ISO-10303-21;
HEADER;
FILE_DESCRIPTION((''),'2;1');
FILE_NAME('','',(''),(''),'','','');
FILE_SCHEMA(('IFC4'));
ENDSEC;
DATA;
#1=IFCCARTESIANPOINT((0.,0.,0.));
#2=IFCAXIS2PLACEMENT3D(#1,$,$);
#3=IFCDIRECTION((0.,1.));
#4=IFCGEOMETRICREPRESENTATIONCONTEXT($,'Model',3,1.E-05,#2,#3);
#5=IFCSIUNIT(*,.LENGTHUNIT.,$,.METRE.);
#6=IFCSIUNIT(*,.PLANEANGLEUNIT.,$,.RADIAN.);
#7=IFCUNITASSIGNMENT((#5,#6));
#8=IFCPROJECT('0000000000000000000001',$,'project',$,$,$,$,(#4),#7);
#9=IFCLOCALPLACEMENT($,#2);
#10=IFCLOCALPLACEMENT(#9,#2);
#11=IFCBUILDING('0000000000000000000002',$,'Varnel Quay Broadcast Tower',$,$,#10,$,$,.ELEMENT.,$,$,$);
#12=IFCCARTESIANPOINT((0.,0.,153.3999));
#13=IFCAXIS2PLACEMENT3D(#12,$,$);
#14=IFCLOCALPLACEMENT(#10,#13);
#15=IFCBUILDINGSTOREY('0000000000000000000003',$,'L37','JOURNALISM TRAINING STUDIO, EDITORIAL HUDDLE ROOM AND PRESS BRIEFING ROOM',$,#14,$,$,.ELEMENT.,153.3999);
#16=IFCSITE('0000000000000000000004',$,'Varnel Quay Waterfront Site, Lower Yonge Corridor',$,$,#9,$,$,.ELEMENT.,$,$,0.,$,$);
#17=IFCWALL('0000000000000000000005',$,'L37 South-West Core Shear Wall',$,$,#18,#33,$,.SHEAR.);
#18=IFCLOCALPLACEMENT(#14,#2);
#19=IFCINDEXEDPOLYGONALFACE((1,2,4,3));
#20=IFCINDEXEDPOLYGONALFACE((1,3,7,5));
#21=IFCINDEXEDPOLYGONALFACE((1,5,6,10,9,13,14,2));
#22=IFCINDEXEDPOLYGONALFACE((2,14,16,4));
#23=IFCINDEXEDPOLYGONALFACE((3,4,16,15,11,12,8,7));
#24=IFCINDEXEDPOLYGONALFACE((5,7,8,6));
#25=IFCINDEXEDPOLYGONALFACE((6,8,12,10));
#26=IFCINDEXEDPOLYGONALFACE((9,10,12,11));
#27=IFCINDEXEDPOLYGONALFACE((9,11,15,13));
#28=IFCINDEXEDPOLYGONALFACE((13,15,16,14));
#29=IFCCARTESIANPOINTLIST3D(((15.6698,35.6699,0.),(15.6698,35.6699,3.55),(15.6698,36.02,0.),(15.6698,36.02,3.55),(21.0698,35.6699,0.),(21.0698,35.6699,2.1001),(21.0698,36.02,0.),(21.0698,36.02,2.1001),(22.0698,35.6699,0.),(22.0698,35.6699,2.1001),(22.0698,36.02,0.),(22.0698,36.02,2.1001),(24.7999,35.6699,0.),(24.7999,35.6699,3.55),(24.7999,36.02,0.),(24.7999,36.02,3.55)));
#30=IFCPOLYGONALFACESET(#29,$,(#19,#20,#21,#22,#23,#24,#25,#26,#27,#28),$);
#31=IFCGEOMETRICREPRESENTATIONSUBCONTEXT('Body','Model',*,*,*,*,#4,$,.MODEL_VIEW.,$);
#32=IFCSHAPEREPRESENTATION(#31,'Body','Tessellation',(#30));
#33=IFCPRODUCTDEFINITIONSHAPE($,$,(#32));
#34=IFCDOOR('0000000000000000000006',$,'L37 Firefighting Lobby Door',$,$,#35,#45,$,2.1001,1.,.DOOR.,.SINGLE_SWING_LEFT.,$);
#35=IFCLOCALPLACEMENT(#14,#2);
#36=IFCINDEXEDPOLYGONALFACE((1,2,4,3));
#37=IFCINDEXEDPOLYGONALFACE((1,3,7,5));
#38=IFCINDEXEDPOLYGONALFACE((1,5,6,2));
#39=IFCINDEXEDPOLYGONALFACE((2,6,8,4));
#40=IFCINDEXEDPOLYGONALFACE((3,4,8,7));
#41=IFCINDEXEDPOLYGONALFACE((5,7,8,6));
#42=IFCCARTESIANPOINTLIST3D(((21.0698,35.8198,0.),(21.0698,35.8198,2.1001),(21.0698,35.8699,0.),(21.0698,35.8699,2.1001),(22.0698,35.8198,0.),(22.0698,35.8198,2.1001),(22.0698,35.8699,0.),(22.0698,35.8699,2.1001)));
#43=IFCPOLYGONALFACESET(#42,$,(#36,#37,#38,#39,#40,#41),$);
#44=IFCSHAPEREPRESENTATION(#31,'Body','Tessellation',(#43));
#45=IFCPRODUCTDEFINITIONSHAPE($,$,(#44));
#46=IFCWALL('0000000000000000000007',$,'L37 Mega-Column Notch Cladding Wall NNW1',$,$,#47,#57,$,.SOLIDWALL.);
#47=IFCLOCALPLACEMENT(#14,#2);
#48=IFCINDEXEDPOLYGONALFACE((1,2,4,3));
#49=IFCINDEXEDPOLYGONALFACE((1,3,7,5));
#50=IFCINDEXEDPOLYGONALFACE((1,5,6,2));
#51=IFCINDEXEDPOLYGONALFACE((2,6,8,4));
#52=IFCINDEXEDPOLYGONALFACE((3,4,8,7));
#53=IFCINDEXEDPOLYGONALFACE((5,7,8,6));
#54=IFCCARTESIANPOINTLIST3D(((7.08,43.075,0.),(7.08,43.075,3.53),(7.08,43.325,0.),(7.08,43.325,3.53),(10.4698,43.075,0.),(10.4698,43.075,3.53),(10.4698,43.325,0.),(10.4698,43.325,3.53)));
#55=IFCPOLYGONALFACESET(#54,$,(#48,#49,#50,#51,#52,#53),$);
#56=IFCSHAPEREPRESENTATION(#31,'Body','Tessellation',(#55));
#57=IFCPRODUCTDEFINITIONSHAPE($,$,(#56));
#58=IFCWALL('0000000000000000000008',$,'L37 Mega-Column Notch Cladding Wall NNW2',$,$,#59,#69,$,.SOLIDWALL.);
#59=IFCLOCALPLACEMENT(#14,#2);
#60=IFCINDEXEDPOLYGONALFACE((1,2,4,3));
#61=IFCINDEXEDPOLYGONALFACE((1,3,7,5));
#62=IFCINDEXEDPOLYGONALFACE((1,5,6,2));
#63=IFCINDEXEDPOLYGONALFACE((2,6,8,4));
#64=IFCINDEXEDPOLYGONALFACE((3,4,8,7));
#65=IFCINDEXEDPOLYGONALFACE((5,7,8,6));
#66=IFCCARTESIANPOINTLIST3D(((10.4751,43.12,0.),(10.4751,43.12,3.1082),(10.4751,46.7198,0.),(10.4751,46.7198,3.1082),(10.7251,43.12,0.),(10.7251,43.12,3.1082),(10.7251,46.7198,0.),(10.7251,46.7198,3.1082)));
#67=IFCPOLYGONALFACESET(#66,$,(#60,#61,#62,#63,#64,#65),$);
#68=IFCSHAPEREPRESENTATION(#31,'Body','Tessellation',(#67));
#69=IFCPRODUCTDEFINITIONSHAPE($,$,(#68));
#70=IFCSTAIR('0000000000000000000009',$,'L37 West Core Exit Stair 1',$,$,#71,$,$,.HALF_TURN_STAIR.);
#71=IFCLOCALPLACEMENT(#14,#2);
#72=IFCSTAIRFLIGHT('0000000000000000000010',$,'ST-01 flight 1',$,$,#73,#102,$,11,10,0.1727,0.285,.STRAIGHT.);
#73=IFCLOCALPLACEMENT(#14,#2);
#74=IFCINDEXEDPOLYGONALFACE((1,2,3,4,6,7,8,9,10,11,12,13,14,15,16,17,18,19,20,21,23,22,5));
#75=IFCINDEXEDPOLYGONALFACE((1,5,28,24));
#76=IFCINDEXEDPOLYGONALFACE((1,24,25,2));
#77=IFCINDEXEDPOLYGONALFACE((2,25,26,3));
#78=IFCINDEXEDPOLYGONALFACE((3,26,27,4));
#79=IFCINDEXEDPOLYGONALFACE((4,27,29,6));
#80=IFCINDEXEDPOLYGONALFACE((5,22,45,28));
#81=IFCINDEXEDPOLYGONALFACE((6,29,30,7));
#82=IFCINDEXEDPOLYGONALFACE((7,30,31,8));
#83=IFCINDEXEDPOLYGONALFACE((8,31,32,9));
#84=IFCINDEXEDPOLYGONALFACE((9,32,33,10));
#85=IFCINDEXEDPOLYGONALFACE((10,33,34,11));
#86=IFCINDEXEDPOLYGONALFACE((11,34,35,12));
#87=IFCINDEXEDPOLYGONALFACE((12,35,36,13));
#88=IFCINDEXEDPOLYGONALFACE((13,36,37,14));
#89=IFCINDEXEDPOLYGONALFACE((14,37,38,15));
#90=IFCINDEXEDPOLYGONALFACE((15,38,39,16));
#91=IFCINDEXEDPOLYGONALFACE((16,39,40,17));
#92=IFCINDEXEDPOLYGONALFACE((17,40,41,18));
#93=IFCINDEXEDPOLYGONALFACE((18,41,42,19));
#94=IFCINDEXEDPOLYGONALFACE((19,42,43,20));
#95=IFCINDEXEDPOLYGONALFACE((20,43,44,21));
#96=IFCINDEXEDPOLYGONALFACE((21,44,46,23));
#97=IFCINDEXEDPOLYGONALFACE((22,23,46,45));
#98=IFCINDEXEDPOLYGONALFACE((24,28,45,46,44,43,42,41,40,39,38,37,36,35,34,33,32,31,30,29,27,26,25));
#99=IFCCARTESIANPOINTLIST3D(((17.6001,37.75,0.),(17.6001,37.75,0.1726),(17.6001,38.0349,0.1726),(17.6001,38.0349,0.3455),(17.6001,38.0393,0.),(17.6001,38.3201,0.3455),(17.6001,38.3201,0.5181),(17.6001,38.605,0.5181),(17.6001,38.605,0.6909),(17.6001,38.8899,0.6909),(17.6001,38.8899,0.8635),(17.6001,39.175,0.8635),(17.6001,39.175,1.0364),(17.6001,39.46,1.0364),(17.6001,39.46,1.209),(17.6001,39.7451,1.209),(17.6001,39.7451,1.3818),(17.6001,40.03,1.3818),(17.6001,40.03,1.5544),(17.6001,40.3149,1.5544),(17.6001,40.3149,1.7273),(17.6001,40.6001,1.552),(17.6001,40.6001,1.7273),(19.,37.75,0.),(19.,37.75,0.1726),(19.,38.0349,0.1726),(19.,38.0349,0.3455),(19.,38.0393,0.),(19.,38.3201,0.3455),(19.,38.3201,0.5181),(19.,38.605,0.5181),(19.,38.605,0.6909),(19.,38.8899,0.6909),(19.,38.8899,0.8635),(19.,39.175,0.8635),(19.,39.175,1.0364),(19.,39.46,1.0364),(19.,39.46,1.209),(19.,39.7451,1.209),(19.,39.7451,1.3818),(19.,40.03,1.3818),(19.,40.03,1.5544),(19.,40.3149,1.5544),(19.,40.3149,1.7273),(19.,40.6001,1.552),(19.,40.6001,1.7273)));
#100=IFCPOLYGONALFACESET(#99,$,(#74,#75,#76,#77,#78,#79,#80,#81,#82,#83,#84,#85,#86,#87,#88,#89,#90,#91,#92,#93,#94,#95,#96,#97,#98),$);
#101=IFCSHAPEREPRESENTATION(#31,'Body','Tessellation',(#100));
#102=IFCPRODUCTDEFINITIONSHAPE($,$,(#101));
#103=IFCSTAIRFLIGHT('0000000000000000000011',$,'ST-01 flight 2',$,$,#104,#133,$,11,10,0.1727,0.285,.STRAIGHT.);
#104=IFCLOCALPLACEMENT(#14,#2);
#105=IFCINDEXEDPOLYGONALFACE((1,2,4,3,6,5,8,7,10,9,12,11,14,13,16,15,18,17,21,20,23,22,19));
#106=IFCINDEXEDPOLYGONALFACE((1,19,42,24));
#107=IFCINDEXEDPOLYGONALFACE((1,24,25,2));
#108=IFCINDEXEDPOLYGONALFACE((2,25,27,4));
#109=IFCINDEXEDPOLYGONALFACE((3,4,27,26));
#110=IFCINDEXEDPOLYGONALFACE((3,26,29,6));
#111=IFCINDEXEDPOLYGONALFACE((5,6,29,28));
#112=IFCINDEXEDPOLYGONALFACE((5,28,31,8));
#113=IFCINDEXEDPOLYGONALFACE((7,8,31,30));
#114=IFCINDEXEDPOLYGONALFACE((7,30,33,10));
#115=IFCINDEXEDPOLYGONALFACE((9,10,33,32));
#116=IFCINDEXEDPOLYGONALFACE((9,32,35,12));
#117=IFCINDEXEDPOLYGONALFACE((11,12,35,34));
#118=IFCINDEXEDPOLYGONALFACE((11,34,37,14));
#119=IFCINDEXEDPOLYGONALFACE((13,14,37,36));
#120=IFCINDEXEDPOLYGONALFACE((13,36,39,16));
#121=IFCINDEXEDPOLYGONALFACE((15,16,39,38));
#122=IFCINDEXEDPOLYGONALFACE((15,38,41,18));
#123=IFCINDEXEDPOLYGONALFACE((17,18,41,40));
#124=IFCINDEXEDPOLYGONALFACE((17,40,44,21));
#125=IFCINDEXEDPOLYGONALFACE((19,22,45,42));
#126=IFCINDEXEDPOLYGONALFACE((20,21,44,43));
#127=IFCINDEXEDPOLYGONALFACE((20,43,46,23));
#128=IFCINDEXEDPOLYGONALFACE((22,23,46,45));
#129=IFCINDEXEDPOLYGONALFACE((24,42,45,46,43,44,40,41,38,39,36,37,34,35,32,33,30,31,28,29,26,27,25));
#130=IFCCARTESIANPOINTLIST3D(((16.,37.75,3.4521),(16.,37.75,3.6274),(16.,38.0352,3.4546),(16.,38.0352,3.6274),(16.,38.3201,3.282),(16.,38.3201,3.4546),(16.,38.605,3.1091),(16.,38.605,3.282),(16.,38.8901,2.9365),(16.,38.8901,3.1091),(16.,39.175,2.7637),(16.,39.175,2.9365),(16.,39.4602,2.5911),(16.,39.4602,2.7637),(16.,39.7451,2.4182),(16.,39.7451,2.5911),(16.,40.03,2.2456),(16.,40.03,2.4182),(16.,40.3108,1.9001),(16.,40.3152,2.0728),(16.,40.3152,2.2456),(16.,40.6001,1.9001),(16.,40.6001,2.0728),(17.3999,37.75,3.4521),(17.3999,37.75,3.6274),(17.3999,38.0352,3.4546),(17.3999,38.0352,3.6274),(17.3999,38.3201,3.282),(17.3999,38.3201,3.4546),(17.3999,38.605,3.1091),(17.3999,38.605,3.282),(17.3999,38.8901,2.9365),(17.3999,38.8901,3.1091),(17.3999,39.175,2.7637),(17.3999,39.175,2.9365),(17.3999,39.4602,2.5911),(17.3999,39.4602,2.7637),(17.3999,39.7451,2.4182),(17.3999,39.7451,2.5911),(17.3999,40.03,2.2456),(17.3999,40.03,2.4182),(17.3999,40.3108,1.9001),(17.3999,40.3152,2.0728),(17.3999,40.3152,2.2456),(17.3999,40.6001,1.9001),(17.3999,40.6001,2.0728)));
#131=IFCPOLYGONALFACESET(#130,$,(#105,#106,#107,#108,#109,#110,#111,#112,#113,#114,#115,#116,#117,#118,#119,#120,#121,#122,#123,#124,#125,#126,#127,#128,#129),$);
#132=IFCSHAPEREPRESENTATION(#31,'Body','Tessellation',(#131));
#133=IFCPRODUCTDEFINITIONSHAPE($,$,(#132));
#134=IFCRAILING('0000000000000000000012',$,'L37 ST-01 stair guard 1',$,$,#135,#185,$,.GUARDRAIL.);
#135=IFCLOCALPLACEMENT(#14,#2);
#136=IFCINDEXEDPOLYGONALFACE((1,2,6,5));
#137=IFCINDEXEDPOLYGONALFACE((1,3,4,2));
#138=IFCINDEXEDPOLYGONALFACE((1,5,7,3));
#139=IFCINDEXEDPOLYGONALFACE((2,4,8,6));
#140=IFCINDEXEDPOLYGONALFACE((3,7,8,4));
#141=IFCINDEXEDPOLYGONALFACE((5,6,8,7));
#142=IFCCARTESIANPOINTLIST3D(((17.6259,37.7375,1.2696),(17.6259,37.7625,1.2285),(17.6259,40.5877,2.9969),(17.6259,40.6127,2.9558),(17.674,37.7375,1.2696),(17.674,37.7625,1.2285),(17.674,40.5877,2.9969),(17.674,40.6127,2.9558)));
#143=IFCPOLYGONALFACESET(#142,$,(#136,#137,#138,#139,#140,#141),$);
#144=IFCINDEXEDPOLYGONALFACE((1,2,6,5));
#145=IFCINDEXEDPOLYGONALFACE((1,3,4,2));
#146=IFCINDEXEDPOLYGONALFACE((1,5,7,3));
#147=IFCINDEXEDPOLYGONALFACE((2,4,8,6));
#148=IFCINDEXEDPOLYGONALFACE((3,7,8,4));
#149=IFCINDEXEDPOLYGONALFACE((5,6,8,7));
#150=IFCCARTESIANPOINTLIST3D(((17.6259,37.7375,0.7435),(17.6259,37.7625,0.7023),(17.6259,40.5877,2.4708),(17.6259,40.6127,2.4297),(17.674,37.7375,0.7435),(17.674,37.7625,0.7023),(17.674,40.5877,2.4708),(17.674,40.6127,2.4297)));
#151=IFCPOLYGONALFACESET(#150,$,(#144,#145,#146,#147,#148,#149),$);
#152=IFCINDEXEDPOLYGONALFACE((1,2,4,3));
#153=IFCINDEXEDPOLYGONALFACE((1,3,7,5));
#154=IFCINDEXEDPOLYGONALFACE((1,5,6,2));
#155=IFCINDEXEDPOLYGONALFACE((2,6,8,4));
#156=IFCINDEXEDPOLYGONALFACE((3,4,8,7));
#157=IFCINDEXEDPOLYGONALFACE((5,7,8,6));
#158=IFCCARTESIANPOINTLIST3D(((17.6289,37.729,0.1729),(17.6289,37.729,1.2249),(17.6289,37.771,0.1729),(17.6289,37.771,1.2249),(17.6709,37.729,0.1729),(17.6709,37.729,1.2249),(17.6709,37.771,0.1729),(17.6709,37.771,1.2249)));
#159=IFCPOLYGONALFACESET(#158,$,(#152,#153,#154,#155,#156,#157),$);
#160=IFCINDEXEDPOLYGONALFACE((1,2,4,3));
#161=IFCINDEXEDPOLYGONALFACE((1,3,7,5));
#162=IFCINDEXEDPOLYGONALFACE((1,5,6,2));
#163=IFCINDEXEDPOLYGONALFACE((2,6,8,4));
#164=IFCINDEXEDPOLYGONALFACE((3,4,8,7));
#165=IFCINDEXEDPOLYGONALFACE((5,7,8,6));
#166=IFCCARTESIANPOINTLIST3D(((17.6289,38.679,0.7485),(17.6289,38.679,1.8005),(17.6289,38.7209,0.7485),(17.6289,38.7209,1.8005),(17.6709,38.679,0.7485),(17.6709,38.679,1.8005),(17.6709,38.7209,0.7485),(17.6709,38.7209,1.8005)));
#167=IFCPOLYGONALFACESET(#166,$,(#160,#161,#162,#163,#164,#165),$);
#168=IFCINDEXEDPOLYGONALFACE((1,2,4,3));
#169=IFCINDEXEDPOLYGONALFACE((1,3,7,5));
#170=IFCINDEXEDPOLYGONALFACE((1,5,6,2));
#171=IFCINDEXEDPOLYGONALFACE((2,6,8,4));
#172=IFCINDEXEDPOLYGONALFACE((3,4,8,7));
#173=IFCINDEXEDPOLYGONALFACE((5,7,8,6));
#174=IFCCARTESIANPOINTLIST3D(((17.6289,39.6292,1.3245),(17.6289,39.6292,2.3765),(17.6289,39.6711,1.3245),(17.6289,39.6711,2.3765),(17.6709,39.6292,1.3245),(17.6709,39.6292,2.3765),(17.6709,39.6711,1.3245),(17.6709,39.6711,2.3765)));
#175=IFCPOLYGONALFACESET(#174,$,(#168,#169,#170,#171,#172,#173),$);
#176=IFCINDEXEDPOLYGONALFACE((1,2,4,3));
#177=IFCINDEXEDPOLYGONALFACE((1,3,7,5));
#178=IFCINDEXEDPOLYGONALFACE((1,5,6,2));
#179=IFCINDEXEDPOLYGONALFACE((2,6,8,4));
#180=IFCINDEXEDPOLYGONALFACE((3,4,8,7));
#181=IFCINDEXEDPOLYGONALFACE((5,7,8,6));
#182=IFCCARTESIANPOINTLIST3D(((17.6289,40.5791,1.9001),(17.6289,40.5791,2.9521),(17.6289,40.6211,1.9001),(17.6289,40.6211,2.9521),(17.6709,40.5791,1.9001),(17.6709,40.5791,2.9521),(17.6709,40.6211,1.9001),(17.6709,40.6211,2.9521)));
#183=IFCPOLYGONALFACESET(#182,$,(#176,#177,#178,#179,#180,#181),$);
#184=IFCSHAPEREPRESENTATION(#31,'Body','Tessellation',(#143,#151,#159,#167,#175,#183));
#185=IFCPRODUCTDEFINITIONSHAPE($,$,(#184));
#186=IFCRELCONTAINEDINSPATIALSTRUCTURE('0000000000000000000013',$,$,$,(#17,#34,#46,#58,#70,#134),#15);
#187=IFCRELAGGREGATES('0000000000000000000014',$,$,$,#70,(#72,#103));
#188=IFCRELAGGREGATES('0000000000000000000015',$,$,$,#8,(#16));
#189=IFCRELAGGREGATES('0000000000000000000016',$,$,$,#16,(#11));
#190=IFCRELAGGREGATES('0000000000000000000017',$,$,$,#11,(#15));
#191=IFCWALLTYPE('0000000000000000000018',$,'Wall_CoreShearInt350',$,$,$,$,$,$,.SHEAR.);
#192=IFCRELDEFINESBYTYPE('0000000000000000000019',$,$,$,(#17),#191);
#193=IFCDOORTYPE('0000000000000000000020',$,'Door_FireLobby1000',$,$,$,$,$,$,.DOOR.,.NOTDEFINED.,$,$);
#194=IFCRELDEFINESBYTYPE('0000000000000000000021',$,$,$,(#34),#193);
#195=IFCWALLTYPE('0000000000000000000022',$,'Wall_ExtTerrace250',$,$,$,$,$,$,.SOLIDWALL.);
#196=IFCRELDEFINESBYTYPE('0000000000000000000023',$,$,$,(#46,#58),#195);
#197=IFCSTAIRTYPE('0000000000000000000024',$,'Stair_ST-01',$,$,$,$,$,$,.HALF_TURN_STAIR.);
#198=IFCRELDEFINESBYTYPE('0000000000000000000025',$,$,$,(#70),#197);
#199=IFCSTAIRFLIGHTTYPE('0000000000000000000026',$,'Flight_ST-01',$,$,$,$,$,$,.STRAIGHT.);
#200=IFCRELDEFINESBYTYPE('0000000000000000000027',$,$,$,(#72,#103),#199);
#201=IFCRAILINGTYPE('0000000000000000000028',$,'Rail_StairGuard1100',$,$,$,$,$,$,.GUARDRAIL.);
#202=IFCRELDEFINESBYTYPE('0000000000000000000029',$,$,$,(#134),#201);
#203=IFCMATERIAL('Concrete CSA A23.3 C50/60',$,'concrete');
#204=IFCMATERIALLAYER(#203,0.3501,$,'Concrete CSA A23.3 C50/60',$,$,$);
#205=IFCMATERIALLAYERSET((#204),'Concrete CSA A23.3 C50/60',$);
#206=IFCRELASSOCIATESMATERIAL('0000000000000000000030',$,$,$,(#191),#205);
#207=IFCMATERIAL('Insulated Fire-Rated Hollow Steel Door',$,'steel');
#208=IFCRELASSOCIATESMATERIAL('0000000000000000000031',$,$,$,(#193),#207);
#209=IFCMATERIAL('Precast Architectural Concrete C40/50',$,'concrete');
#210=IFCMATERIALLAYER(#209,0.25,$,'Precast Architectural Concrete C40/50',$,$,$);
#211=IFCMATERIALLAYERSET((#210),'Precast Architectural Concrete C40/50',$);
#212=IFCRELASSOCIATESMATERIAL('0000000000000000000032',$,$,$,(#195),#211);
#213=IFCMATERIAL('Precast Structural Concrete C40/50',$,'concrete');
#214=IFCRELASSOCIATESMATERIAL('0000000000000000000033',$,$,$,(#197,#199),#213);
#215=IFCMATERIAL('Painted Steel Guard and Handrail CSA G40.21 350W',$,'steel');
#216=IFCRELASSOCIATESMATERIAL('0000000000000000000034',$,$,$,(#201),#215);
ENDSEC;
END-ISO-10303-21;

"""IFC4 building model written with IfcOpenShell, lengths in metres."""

from ifc_helpers import new_model, si_unit, direction, frame, frame_2d, origin, origin_2d, place, context, subcontext, project, spatial, polyline, rectangle, outline, extrude, source, transform, mapped, material, layer, layer_set, type_object, type_shapes, element, fill, aggregate, save


model = new_model("IFC4")

# Units and contexts
model_context = context("Model", 3, precision=1e-05, world=origin(), true_north=direction((0.0, 1.0)))
body_context = subcontext(model_context, "Body", "Model", "MODEL_VIEW")
ifc_project = project(units=[si_unit("LENGTHUNIT", "METRE"), si_unit("PLANEANGLEUNIT", "RADIAN")], contexts=[model_context])

# Site, building, storey
site_placement = place(None, origin())
site = spatial("IfcSite", under=ifc_project, at=site_placement, Name="Varnel Quay Waterfront Site, Lower Yonge Corridor", CompositionType="ELEMENT", RefElevation=0.0)
building_placement = place(site_placement, origin())
building = spatial("IfcBuilding", under=site, at=building_placement, Name="Varnel Quay Broadcast Tower", CompositionType="ELEMENT")
storey_placement = place(building_placement, frame((0.0, 0.0, 153.3999)))
storey = spatial("IfcBuildingStorey", under=building, at=storey_placement, Name="L37", Description="JOURNALISM TRAINING STUDIO, EDITORIAL HUDDLE ROOM AND PRESS BRIEFING ROOM", CompositionType="ELEMENT", Elevation=153.3999)

# Shared definitions
ifc_material_1 = material(Name="Concrete CSA A23.3 C50/60", Category="concrete")
ifc_material_2 = material(Name="Insulated Fire-Rated Hollow Steel Door", Category="steel")

# Shared definitions
ifc_layer_1 = layer(ifc_material_1, 0.3501, Name="Concrete CSA A23.3 C50/60")
ifc_layer_set_1 = layer_set([ifc_layer_1], Name="Concrete CSA A23.3 C50/60")
wall_type_1 = type_object("IfcWallType", Name="Wall_CoreShearInt350", PredefinedType="SHEAR", material=ifc_layer_set_1)

# Wall, opening, door
wall_1_placement = place(storey_placement, frame((15.6699, 35.845, 0.0), z_axis=(0.0, 0.0, 1.0), x_axis=(1.0, 0.0, 0.0)))
wall_1 = element("IfcWall", 1, at=wall_1_placement, inside=storey, type_object=wall_type_1, Name="L37 South-West Core Shear Wall", PredefinedType="SHEAR", context=body_context, shape_type="SweptSolid", body=[
    extrude(rectangle(XDim=9.1301, YDim=0.3501, at=frame_2d((4.5649, 0.0))), origin(), (0.0, 0.0, 1.0), 3.55),
])
opening_1_placement = place(wall_1_placement, frame((5.3999, 0.0, 0.0)))
opening_1 = element("IfcOpeningElement", 2, at=opening_1_placement, cuts=wall_1, PredefinedType="OPENING", context=body_context, shape_type="SweptSolid", body=[
    extrude(rectangle(XDim=1.0, YDim=2.1001, at=frame_2d((0.5, 1.05))), frame((0.0, 0.1851, 0.0), z_axis=(0.0, -1.0, 0.0), x_axis=(1.0, 0.0, 0.0)), (0.0, 0.0, 1.0), 0.3701),
])
door_type_1 = type_object("IfcDoorType", Name="Door_FireLobby1000", OperationType="NOTDEFINED", PredefinedType="DOOR", material=ifc_material_2)
shared_shape_1 = source(origin(), body_context, "Body", "SweptSolid", [
    extrude(rectangle(XDim=1.0, YDim=2.1001, at=frame_2d((0.5, 1.05))), frame((0.0, 0.0249, 0.0), z_axis=(0.0, -1.0, 0.0), x_axis=(1.0, 0.0, 0.0)), (0.0, 0.0, 1.0), 0.05),
])
type_shapes(door_type_1, [shared_shape_1])
door_1_placement = place(opening_1_placement, origin())
door_1 = element("IfcDoor", 3, at=door_1_placement, inside=storey, type_object=door_type_1, Name="L37 Firefighting Lobby Door", OperationType="SINGLE_SWING_LEFT", OverallHeight=2.1001, OverallWidth=1.0, PredefinedType="DOOR", context=body_context, shape_type="MappedRepresentation", body=[
    mapped(shared_shape_1, transform((0.0, 0.0, 0.0), x_axis=(1.0, 0.0, 0.0), y_axis=(0.0, 1.0, 0.0), z_axis=(0.0, 0.0, 1.0), scale=1.0)),
])
fill(opening_1, door_1)

# Walls
ifc_material_3 = material(Name="Precast Architectural Concrete C40/50", Category="concrete")
ifc_layer_2 = layer(ifc_material_3, 0.25, Name="Precast Architectural Concrete C40/50")
ifc_layer_set_2 = layer_set([ifc_layer_2], Name="Precast Architectural Concrete C40/50")
wall_type_2 = type_object("IfcWallType", Name="Wall_ExtTerrace250", PredefinedType="SOLIDWALL", material=ifc_layer_set_2)
wall_2_placement = place(storey_placement, frame((7.0801, 43.2, 0.0), z_axis=(0.0, 0.0, 1.0), x_axis=(1.0, 0.0, 0.0)))
element("IfcWall", 4, at=wall_2_placement, inside=storey, type_object=wall_type_2, Name="L37 Mega-Column Notch Cladding Wall NNW1", PredefinedType="SOLIDWALL", context=body_context, shape_type="SweptSolid", body=[
    extrude(rectangle(XDim=3.3899, YDim=0.25, at=frame_2d((1.6948, 0.0))), origin(), (0.0, 0.0, 1.0), 3.53),
])
wall_3_placement = place(storey_placement, frame((10.6001, 43.1201, 0.0), z_axis=(0.0, 0.0, 1.0), x_axis=(0.0, 1.0, 0.0)))
element("IfcWall", 5, at=wall_3_placement, inside=storey, type_object=wall_type_2, Name="L37 Mega-Column Notch Cladding Wall NNW2", PredefinedType="SOLIDWALL", context=body_context, shape_type="SweptSolid", body=[
    extrude(rectangle(XDim=3.5999, YDim=0.25, at=frame_2d((1.7998, 0.0))), origin(), (0.0, 0.0, 1.0), 3.1082),
])

# Stair, stair flights
ifc_material_4 = material(Name="Precast Structural Concrete C40/50", Category="concrete")
stair_type = type_object("IfcStairType", Name="Stair_ST-01", PredefinedType="HALF_TURN_STAIR", material=ifc_material_4)
stair_placement = place(storey_placement, origin())
stair = element("IfcStair", 6, at=stair_placement, inside=storey, type_object=stair_type, Name="L37 West Core Exit Stair 1", PredefinedType="HALF_TURN_STAIR")
stair_flight_type = type_object("IfcStairFlightType", Name="Flight_ST-01", PredefinedType="STRAIGHT", material=ifc_material_4)
stair_flight_1_placement = place(storey_placement, frame((18.3, 37.75, 0.0), z_axis=(0.0, 0.0, 1.0), x_axis=(0.0, 1.0, 0.0)))
stair_flight_1 = element("IfcStairFlight", 7, at=stair_flight_1_placement, type_object=stair_flight_type, Name="ST-01 flight 1", NumberOfRisers=11, NumberOfTreads=10, PredefinedType="STRAIGHT", RiserHeight=0.1727, TreadLength=0.285, context=body_context, shape_type="SweptSolid", body=[
    extrude(outline(polyline([(0.0, 0.0), (0.0, 0.1726), (0.2849, 0.1726), (0.2849, 0.3455), (0.5701, 0.3455), (0.5701, 0.5181), (0.855, 0.5181), (0.855, 0.6909), (1.1399, 0.6909), (1.1399, 0.8635), (1.425, 0.8635), (1.425, 1.0364), (1.71, 1.0364), (1.71, 1.209), (1.9951, 1.209), (1.9951, 1.3818), (2.28, 1.3818), (2.28, 1.5544), (2.5649, 1.5544), (2.5649, 1.7273), (2.8501, 1.7273), (2.8501, 1.8999), (2.8501, 1.552), (0.2893, 0.0), (0.0, 0.0)])), frame((0.0, 0.7, 0.0), z_axis=(0.0, -1.0, 0.0), x_axis=(1.0, 0.0, 0.0)), (0.0, 0.0, 1.0), 1.3999),
])
stair_flight_2_placement = place(storey_placement, frame((16.7, 40.6001, 1.9001), z_axis=(0.0, 0.0, 1.0), x_axis=(0.0, -1.0, 0.0)))
stair_flight_2 = element("IfcStairFlight", 8, at=stair_flight_2_placement, type_object=stair_flight_type, Name="ST-01 flight 2", NumberOfRisers=11, NumberOfTreads=10, PredefinedType="STRAIGHT", RiserHeight=0.1727, TreadLength=0.285, context=body_context, shape_type="SweptSolid", body=[
    extrude(outline(polyline([(0.0, 0.0), (0.0, 0.1726), (0.2849, 0.1726), (0.2849, 0.3455), (0.5701, 0.3455), (0.5701, 0.5181), (0.855, 0.5181), (0.855, 0.6909), (1.1399, 0.6909), (1.1399, 0.8635), (1.425, 0.8635), (1.425, 1.0364), (1.71, 1.0364), (1.71, 1.209), (1.9951, 1.209), (1.9951, 1.3818), (2.28, 1.3818), (2.28, 1.5544), (2.5649, 1.5544), (2.5649, 1.7273), (2.8501, 1.7273), (2.8501, 1.8999), (2.8501, 1.552), (0.2893, 0.0), (0.0, 0.0)])), frame((0.0, 0.7, 0.0), z_axis=(0.0, -1.0, 0.0), x_axis=(1.0, 0.0, 0.0)), (0.0, 0.0, 1.0), 1.3999),
])
aggregate(stair, [stair_flight_1, stair_flight_2])

# Railing
ifc_material_5 = material(Name="Painted Steel Guard and Handrail CSA G40.21 350W", Category="steel")
railing_type_1 = type_object("IfcRailingType", Name="Rail_StairGuard1100", PredefinedType="GUARDRAIL", material=ifc_material_5)
railing_1_placement = place(storey_placement, frame((17.6499, 37.75, 0.1729)))
element("IfcRailing", 9, at=railing_1_placement, inside=storey, type_object=railing_type_1, Name="L37 ST-01 stair guard 1", PredefinedType="GUARDRAIL", context=body_context, shape_type="SweptSolid", body=[
    extrude(rectangle(XDim=0.0481, YDim=0.0481, at=origin_2d()), frame((0.0, 0.0, 1.0762), z_axis=(0.0, 0.855203, 0.518294), x_axis=(-1.0, 0.0, 0.0)), (0.0, 0.0, 1.0), 3.3328),
    extrude(rectangle(XDim=0.0481, YDim=0.0481, at=origin_2d()), frame((0.0, 0.0, 0.55), z_axis=(0.0, 0.855203, 0.518294), x_axis=(-1.0, 0.0, 0.0)), (0.0, 0.0, 1.0), 3.3328),
    extrude(rectangle(XDim=0.042, YDim=0.042, at=origin_2d()), origin(), (0.0, 0.0, 1.0), 1.052),
    extrude(rectangle(XDim=0.042, YDim=0.042, at=origin_2d()), frame((0.0, 0.95, 0.5757)), (0.0, 0.0, 1.0), 1.052),
    extrude(rectangle(XDim=0.042, YDim=0.042, at=origin_2d()), frame((0.0, 1.9001, 1.1516)), (0.0, 0.0, 1.0), 1.052),
    extrude(rectangle(XDim=0.042, YDim=0.042, at=origin_2d()), frame((0.0, 2.8501, 1.7273)), (0.0, 0.0, 1.0), 1.052),
])

save(model, "model.ifc")
